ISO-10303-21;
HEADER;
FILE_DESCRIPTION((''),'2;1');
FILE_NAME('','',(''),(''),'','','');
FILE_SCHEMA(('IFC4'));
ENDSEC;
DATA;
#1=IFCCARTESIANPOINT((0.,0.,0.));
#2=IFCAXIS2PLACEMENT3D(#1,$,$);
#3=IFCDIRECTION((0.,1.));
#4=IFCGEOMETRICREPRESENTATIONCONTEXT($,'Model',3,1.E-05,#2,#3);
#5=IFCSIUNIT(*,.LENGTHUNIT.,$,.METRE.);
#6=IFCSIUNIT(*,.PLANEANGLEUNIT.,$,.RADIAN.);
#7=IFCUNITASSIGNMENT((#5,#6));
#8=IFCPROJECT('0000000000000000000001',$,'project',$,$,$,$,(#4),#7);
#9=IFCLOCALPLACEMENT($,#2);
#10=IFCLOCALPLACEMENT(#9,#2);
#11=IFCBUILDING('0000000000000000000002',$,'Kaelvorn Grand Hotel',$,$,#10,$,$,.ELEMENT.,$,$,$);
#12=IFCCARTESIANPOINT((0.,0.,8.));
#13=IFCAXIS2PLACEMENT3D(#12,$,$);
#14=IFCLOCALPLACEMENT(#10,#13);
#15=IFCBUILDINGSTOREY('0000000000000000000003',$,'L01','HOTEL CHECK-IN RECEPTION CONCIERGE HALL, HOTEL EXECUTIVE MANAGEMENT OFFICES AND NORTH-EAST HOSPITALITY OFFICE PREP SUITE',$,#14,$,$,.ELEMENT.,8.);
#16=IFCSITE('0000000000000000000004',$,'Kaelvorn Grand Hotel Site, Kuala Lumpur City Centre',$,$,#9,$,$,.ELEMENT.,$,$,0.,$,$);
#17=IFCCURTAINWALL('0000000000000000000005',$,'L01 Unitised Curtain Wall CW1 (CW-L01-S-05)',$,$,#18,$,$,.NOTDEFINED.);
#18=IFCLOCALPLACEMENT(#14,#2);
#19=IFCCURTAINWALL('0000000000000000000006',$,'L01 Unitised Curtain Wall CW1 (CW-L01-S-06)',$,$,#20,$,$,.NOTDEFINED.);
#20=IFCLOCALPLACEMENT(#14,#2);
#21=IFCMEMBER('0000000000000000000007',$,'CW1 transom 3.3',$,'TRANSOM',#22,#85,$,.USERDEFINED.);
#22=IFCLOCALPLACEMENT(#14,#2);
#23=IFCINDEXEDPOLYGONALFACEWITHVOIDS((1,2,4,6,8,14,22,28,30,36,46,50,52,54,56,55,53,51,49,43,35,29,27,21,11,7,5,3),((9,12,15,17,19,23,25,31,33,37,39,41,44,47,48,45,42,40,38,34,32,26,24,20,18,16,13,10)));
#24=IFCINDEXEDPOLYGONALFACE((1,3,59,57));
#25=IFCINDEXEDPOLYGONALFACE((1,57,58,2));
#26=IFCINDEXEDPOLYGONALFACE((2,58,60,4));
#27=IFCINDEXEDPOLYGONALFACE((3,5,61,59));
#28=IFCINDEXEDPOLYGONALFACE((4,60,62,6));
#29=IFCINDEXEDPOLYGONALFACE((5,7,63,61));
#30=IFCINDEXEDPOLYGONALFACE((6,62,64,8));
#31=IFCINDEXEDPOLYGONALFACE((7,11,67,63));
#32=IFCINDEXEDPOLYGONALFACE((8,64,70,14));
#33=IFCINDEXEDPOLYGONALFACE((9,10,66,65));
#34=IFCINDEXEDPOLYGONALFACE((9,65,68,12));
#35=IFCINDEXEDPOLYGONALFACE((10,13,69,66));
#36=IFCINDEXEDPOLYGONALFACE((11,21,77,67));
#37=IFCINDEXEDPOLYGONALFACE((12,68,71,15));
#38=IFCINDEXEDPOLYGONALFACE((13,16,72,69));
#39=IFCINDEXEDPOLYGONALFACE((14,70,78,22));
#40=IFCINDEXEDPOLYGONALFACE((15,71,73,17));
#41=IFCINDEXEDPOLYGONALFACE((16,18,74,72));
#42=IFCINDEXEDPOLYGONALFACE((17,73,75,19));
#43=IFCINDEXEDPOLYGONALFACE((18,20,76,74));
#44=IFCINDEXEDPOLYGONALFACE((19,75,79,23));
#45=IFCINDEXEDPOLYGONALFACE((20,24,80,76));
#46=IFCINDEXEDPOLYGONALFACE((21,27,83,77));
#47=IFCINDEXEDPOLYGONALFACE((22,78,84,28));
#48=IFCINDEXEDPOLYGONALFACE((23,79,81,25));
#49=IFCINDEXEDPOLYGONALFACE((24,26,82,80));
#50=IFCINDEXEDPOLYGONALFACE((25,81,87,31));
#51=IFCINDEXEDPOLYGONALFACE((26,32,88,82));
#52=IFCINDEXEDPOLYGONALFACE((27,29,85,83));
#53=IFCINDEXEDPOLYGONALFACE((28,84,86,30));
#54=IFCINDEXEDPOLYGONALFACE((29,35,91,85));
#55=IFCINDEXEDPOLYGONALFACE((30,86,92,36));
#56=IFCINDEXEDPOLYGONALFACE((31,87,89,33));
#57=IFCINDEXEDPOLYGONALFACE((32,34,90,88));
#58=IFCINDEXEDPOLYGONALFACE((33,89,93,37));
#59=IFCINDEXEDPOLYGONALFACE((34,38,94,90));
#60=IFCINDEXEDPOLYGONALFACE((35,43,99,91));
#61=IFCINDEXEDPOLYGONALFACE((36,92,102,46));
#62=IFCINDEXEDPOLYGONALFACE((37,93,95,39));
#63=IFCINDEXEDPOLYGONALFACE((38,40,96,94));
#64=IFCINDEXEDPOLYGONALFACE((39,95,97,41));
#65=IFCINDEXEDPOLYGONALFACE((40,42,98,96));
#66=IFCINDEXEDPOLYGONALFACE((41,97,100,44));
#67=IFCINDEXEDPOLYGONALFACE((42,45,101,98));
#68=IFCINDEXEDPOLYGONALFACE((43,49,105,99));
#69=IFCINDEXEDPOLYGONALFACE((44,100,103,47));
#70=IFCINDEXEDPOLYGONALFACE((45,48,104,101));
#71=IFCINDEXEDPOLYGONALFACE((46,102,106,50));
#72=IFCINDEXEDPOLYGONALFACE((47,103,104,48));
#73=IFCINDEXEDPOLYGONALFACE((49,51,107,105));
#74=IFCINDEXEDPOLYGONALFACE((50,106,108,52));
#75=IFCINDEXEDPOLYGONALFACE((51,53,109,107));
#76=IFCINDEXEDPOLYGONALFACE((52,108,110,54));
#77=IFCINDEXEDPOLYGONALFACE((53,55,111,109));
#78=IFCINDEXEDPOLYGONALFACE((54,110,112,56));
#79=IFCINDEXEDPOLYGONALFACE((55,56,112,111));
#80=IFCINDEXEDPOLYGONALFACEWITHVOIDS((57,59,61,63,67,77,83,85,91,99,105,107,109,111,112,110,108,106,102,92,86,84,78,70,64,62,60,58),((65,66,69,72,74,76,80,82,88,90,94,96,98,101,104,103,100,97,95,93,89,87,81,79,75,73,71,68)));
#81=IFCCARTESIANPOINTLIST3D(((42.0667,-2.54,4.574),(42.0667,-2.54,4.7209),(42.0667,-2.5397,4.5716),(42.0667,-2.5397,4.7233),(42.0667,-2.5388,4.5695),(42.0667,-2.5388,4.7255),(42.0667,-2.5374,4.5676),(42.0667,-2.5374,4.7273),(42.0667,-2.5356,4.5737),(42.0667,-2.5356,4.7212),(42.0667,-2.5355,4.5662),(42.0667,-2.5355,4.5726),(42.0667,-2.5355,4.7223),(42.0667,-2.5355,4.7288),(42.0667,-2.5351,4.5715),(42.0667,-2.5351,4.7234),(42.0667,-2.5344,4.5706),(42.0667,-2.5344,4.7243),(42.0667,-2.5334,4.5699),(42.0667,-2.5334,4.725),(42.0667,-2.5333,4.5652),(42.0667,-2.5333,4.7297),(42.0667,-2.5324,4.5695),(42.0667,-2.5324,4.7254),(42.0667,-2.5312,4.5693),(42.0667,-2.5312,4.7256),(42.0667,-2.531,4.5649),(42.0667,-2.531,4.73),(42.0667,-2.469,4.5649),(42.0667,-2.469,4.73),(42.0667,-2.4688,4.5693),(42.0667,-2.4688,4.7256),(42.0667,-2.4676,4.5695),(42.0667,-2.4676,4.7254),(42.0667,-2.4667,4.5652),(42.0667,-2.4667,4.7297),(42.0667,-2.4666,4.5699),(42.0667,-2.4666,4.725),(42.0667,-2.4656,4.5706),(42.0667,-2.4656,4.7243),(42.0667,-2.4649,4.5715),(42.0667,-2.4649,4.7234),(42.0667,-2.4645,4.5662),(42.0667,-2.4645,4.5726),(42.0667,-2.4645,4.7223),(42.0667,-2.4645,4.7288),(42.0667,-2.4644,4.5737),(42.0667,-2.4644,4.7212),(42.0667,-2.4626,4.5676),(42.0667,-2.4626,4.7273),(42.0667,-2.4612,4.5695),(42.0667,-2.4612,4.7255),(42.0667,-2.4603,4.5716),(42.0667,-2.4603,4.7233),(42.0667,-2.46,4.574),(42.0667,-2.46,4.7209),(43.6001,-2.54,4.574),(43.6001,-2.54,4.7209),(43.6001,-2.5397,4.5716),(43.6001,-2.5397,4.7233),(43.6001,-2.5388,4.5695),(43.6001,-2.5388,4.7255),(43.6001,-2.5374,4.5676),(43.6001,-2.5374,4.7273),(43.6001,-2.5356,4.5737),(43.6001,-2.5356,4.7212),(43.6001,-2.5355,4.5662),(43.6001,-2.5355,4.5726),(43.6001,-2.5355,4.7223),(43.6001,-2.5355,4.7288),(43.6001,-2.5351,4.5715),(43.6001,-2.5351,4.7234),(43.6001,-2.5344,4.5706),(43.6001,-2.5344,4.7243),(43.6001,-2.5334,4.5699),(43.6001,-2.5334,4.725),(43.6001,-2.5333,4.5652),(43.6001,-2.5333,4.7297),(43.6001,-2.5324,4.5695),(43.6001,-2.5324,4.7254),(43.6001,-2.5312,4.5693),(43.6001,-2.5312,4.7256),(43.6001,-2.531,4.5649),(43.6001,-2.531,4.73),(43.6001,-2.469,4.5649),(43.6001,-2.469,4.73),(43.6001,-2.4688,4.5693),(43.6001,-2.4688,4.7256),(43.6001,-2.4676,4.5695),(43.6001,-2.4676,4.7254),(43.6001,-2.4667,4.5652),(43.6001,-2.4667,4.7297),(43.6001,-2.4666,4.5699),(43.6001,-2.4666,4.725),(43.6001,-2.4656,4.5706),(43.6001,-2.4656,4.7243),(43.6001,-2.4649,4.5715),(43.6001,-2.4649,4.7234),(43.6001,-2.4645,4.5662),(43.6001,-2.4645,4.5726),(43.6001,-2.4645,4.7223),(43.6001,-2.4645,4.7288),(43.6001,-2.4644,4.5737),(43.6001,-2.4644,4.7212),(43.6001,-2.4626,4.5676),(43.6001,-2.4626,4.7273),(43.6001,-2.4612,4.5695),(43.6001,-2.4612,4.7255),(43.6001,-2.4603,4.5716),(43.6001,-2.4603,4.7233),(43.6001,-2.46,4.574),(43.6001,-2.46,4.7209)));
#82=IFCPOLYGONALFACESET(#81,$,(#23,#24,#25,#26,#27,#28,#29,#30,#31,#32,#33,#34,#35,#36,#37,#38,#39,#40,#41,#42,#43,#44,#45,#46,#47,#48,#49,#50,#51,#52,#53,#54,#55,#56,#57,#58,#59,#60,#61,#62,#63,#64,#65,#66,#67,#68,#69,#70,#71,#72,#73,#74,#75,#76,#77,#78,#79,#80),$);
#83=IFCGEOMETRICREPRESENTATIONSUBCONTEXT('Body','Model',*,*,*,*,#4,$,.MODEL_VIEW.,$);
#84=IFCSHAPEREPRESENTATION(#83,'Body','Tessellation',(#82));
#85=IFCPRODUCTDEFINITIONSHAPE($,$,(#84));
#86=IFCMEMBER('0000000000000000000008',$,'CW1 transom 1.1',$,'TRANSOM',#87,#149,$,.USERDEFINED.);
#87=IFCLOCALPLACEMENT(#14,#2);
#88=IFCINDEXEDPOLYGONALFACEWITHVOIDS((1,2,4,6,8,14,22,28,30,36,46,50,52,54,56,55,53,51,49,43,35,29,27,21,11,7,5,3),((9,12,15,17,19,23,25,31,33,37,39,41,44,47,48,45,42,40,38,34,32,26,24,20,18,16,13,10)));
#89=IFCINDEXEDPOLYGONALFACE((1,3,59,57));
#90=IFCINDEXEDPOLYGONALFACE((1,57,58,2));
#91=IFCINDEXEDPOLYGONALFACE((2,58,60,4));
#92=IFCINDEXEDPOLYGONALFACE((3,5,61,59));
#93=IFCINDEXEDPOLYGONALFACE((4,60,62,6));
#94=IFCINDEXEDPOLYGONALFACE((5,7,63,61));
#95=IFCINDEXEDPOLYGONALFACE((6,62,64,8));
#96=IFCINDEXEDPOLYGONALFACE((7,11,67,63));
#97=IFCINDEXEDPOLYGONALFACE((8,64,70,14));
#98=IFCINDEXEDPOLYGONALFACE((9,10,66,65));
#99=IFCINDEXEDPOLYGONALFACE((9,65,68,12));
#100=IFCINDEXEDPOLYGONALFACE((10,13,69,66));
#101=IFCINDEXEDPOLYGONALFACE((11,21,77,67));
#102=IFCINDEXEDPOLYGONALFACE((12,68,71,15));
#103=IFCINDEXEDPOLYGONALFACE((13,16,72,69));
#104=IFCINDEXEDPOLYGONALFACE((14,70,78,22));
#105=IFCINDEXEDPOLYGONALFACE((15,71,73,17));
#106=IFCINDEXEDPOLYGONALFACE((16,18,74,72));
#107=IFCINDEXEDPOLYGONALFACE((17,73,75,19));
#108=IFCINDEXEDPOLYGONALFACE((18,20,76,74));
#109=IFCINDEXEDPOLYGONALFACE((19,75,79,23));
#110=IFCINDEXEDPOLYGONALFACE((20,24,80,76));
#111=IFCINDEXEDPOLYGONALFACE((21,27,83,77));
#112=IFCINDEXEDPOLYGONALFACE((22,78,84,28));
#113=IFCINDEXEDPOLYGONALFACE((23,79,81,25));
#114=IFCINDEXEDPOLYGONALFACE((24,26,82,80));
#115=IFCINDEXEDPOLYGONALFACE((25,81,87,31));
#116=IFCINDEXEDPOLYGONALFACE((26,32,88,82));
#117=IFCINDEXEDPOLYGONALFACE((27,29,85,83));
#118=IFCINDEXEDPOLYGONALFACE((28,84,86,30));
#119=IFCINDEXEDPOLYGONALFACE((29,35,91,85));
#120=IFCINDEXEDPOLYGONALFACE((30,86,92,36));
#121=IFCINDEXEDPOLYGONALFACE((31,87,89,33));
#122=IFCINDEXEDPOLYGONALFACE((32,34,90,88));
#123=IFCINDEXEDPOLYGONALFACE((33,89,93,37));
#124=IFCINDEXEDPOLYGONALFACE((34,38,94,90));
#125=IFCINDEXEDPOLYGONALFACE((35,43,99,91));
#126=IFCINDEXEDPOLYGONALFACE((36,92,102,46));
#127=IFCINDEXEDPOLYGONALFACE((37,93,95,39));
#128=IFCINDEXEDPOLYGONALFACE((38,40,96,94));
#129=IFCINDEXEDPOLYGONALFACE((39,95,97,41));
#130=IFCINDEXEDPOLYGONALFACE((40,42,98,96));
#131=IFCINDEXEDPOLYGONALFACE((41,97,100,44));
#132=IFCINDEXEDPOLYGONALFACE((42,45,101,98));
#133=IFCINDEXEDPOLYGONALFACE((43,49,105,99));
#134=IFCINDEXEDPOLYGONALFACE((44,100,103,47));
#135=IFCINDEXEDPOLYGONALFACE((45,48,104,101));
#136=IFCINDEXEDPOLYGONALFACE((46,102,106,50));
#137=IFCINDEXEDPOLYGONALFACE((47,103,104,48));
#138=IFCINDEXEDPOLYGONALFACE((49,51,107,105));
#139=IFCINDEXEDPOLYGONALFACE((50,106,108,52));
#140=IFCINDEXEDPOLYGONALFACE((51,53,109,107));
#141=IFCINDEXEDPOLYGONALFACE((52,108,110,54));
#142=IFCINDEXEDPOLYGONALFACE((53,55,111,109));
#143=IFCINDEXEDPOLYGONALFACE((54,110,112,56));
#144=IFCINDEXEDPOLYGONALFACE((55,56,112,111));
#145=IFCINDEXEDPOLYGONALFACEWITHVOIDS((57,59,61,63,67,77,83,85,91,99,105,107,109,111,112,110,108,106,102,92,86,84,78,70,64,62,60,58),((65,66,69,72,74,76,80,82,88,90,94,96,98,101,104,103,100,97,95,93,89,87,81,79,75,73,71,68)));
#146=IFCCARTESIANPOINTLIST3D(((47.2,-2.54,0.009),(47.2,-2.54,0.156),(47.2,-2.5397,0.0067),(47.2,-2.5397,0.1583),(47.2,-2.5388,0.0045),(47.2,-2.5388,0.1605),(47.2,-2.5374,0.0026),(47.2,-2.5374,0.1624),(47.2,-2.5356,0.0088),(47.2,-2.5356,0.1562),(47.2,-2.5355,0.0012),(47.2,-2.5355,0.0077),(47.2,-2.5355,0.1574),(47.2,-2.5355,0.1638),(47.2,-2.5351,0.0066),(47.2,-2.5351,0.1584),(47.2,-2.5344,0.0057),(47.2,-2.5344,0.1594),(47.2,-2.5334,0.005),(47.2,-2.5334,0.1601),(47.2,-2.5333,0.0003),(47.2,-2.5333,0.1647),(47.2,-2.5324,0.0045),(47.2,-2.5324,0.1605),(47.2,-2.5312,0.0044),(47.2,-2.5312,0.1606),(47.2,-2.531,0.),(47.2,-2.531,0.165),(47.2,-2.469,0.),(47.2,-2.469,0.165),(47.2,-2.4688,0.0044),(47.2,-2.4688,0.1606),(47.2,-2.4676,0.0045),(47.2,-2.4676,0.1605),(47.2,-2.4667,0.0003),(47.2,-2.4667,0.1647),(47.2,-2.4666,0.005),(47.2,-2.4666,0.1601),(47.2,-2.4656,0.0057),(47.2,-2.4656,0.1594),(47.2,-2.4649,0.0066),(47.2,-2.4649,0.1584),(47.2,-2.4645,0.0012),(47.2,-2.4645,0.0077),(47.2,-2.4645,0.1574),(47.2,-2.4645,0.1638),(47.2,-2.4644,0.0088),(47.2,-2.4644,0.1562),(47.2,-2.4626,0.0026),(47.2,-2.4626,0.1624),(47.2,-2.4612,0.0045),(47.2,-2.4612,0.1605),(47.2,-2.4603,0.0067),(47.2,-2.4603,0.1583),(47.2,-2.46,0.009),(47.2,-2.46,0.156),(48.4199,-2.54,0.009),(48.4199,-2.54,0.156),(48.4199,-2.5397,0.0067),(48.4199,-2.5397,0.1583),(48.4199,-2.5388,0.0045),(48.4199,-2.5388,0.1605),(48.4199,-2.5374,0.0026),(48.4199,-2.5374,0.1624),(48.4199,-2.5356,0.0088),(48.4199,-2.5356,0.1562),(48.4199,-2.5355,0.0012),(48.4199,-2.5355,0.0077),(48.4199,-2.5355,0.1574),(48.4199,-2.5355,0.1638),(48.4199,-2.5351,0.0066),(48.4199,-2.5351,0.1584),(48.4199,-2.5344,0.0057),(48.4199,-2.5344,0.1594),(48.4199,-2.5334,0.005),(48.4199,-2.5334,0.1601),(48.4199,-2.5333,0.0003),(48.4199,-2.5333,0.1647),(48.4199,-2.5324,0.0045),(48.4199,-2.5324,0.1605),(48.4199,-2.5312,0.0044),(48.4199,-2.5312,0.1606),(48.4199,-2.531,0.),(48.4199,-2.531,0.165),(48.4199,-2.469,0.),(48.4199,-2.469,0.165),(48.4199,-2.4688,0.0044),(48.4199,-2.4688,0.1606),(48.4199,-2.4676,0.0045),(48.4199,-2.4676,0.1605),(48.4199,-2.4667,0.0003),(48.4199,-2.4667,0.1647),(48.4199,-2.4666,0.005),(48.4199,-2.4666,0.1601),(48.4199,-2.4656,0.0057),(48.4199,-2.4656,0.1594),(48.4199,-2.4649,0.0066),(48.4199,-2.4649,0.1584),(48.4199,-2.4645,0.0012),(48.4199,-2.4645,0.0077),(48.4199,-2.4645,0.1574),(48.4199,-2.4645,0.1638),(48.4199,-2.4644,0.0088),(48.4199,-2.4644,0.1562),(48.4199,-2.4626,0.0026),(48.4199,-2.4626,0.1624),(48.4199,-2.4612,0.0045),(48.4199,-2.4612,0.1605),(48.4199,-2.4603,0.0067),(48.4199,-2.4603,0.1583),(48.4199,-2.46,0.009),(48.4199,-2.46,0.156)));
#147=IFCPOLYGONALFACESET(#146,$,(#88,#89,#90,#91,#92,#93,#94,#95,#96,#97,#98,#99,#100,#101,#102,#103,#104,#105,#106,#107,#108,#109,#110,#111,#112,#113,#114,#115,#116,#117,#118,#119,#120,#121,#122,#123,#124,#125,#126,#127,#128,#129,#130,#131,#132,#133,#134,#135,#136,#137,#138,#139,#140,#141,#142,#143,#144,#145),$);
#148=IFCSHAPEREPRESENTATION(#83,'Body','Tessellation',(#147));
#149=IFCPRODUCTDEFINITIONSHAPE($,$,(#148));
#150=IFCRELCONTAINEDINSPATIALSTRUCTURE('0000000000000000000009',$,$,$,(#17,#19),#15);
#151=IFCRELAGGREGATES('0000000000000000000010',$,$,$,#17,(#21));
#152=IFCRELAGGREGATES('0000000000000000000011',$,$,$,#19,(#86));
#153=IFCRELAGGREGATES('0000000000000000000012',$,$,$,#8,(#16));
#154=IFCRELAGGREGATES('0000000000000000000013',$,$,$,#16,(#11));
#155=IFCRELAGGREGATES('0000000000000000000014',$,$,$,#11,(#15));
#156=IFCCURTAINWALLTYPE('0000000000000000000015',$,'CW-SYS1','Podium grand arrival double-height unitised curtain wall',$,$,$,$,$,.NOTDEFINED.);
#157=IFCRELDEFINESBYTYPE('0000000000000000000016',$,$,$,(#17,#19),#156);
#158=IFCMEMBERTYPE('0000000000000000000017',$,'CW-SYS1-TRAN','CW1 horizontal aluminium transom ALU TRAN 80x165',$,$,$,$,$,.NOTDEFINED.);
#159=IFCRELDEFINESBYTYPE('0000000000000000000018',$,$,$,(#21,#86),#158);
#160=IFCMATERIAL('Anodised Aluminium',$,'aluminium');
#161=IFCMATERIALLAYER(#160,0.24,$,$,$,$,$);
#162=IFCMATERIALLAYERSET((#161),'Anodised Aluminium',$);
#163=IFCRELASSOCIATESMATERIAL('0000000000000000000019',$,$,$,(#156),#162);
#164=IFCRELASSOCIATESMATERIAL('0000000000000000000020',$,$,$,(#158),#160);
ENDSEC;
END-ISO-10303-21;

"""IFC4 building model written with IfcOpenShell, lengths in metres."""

from ifc_helpers import new_model, si_unit, direction, frame, origin, origin_2d, place, context, subcontext, project, spatial, hollow_rectangle, extrude, material, layer, layer_set, material_profile, profile_set, type_object, element, aggregate, save


model = new_model("IFC4")

# Units and contexts
model_context = context("Model", 3, precision=1e-05, world=origin(), true_north=direction((0.0, 1.0)))
body_context = subcontext(model_context, "Body", "Model", "MODEL_VIEW")
ifc_project = project(units=[si_unit("LENGTHUNIT", "METRE"), si_unit("PLANEANGLEUNIT", "RADIAN")], contexts=[model_context])

# Site, building, storey
site_placement = place(None, origin())
site = spatial("IfcSite", under=ifc_project, at=site_placement, Name="Kaelvorn Grand Hotel Site, Kuala Lumpur City Centre", CompositionType="ELEMENT", RefElevation=0.0)
building_placement = place(site_placement, origin())
building = spatial("IfcBuilding", under=site, at=building_placement, Name="Kaelvorn Grand Hotel", CompositionType="ELEMENT")
storey_placement = place(building_placement, frame((0.0, 0.0, 8.0)))
storey = spatial("IfcBuildingStorey", under=building, at=storey_placement, Name="L01", Description="HOTEL CHECK-IN RECEPTION CONCIERGE HALL, HOTEL EXECUTIVE MANAGEMENT OFFICES AND NORTH-EAST HOSPITALITY OFFICE PREP SUITE", CompositionType="ELEMENT", Elevation=8.0)

# Curtain walls
ifc_material_1 = material(Name="Anodised Aluminium", Category="aluminium")
ifc_layer_1 = layer(ifc_material_1, 0.24)
ifc_layer_set_1 = layer_set([ifc_layer_1], Name="Anodised Aluminium")
curtain_wall_type = type_object("IfcCurtainWallType", Name="CW-SYS1", Description="Podium grand arrival double-height unitised curtain wall", PredefinedType="NOTDEFINED", material=ifc_layer_set_1)
curtain_wall_1_placement = place(storey_placement, origin())
curtain_wall_1 = element("IfcCurtainWall", 1, at=curtain_wall_1_placement, inside=storey, type_object=curtain_wall_type, Name="L01 Unitised Curtain Wall CW1 (CW-L01-S-05)", PredefinedType="NOTDEFINED")
curtain_wall_2_placement = place(storey_placement, origin())
curtain_wall_2 = element("IfcCurtainWall", 2, at=curtain_wall_2_placement, inside=storey, type_object=curtain_wall_type, Name="L01 Unitised Curtain Wall CW1 (CW-L01-S-06)", PredefinedType="NOTDEFINED")

# Members
ifc_material_profile_1 = material_profile(ifc_material_1, hollow_rectangle(XDim=0.0801, YDim=0.165, WallThickness=0.0044, InnerFilletRadius=0.0044, OuterFilletRadius=0.009, at=origin_2d()), Name="ALU TRAN 80x165")
ifc_profile_set_1 = profile_set([ifc_material_profile_1], Name="Anodised Aluminium")
member_type_1 = type_object("IfcMemberType", Name="CW-SYS1-TRAN", Description="CW1 horizontal aluminium transom ALU TRAN 80x165", PredefinedType="NOTDEFINED", material=ifc_profile_set_1)
member_1_placement = place(storey_placement, frame((42.0667, -2.5, 4.6475), z_axis=(1.0, 0.0, 0.0), x_axis=(0.0, 1.0, 0.0)))
member_1 = element("IfcMember", 3, at=member_1_placement, type_object=member_type_1, Name="CW1 transom 3.3", ObjectType="TRANSOM", PredefinedType="USERDEFINED", context=body_context, shape_type="SweptSolid", body=[
    extrude(hollow_rectangle(XDim=0.0801, YDim=0.165, WallThickness=0.0044, InnerFilletRadius=0.0044, OuterFilletRadius=0.009, at=origin_2d()), origin(), (0.0, 0.0, 1.0), 1.5334),
])
member_2_placement = place(storey_placement, frame((47.2, -2.5, 0.0825), z_axis=(1.0, 0.0, 0.0), x_axis=(0.0, 1.0, 0.0)))
member_2 = element("IfcMember", 4, at=member_2_placement, type_object=member_type_1, Name="CW1 transom 1.1", ObjectType="TRANSOM", PredefinedType="USERDEFINED", context=body_context, shape_type="SweptSolid", body=[
    extrude(hollow_rectangle(XDim=0.0801, YDim=0.165, WallThickness=0.0044, InnerFilletRadius=0.0044, OuterFilletRadius=0.009, at=origin_2d()), origin(), (0.0, 0.0, 1.0), 1.22),
])

aggregate(curtain_wall_1, [member_1])
aggregate(curtain_wall_2, [member_2])

save(model, "model.ifc")
